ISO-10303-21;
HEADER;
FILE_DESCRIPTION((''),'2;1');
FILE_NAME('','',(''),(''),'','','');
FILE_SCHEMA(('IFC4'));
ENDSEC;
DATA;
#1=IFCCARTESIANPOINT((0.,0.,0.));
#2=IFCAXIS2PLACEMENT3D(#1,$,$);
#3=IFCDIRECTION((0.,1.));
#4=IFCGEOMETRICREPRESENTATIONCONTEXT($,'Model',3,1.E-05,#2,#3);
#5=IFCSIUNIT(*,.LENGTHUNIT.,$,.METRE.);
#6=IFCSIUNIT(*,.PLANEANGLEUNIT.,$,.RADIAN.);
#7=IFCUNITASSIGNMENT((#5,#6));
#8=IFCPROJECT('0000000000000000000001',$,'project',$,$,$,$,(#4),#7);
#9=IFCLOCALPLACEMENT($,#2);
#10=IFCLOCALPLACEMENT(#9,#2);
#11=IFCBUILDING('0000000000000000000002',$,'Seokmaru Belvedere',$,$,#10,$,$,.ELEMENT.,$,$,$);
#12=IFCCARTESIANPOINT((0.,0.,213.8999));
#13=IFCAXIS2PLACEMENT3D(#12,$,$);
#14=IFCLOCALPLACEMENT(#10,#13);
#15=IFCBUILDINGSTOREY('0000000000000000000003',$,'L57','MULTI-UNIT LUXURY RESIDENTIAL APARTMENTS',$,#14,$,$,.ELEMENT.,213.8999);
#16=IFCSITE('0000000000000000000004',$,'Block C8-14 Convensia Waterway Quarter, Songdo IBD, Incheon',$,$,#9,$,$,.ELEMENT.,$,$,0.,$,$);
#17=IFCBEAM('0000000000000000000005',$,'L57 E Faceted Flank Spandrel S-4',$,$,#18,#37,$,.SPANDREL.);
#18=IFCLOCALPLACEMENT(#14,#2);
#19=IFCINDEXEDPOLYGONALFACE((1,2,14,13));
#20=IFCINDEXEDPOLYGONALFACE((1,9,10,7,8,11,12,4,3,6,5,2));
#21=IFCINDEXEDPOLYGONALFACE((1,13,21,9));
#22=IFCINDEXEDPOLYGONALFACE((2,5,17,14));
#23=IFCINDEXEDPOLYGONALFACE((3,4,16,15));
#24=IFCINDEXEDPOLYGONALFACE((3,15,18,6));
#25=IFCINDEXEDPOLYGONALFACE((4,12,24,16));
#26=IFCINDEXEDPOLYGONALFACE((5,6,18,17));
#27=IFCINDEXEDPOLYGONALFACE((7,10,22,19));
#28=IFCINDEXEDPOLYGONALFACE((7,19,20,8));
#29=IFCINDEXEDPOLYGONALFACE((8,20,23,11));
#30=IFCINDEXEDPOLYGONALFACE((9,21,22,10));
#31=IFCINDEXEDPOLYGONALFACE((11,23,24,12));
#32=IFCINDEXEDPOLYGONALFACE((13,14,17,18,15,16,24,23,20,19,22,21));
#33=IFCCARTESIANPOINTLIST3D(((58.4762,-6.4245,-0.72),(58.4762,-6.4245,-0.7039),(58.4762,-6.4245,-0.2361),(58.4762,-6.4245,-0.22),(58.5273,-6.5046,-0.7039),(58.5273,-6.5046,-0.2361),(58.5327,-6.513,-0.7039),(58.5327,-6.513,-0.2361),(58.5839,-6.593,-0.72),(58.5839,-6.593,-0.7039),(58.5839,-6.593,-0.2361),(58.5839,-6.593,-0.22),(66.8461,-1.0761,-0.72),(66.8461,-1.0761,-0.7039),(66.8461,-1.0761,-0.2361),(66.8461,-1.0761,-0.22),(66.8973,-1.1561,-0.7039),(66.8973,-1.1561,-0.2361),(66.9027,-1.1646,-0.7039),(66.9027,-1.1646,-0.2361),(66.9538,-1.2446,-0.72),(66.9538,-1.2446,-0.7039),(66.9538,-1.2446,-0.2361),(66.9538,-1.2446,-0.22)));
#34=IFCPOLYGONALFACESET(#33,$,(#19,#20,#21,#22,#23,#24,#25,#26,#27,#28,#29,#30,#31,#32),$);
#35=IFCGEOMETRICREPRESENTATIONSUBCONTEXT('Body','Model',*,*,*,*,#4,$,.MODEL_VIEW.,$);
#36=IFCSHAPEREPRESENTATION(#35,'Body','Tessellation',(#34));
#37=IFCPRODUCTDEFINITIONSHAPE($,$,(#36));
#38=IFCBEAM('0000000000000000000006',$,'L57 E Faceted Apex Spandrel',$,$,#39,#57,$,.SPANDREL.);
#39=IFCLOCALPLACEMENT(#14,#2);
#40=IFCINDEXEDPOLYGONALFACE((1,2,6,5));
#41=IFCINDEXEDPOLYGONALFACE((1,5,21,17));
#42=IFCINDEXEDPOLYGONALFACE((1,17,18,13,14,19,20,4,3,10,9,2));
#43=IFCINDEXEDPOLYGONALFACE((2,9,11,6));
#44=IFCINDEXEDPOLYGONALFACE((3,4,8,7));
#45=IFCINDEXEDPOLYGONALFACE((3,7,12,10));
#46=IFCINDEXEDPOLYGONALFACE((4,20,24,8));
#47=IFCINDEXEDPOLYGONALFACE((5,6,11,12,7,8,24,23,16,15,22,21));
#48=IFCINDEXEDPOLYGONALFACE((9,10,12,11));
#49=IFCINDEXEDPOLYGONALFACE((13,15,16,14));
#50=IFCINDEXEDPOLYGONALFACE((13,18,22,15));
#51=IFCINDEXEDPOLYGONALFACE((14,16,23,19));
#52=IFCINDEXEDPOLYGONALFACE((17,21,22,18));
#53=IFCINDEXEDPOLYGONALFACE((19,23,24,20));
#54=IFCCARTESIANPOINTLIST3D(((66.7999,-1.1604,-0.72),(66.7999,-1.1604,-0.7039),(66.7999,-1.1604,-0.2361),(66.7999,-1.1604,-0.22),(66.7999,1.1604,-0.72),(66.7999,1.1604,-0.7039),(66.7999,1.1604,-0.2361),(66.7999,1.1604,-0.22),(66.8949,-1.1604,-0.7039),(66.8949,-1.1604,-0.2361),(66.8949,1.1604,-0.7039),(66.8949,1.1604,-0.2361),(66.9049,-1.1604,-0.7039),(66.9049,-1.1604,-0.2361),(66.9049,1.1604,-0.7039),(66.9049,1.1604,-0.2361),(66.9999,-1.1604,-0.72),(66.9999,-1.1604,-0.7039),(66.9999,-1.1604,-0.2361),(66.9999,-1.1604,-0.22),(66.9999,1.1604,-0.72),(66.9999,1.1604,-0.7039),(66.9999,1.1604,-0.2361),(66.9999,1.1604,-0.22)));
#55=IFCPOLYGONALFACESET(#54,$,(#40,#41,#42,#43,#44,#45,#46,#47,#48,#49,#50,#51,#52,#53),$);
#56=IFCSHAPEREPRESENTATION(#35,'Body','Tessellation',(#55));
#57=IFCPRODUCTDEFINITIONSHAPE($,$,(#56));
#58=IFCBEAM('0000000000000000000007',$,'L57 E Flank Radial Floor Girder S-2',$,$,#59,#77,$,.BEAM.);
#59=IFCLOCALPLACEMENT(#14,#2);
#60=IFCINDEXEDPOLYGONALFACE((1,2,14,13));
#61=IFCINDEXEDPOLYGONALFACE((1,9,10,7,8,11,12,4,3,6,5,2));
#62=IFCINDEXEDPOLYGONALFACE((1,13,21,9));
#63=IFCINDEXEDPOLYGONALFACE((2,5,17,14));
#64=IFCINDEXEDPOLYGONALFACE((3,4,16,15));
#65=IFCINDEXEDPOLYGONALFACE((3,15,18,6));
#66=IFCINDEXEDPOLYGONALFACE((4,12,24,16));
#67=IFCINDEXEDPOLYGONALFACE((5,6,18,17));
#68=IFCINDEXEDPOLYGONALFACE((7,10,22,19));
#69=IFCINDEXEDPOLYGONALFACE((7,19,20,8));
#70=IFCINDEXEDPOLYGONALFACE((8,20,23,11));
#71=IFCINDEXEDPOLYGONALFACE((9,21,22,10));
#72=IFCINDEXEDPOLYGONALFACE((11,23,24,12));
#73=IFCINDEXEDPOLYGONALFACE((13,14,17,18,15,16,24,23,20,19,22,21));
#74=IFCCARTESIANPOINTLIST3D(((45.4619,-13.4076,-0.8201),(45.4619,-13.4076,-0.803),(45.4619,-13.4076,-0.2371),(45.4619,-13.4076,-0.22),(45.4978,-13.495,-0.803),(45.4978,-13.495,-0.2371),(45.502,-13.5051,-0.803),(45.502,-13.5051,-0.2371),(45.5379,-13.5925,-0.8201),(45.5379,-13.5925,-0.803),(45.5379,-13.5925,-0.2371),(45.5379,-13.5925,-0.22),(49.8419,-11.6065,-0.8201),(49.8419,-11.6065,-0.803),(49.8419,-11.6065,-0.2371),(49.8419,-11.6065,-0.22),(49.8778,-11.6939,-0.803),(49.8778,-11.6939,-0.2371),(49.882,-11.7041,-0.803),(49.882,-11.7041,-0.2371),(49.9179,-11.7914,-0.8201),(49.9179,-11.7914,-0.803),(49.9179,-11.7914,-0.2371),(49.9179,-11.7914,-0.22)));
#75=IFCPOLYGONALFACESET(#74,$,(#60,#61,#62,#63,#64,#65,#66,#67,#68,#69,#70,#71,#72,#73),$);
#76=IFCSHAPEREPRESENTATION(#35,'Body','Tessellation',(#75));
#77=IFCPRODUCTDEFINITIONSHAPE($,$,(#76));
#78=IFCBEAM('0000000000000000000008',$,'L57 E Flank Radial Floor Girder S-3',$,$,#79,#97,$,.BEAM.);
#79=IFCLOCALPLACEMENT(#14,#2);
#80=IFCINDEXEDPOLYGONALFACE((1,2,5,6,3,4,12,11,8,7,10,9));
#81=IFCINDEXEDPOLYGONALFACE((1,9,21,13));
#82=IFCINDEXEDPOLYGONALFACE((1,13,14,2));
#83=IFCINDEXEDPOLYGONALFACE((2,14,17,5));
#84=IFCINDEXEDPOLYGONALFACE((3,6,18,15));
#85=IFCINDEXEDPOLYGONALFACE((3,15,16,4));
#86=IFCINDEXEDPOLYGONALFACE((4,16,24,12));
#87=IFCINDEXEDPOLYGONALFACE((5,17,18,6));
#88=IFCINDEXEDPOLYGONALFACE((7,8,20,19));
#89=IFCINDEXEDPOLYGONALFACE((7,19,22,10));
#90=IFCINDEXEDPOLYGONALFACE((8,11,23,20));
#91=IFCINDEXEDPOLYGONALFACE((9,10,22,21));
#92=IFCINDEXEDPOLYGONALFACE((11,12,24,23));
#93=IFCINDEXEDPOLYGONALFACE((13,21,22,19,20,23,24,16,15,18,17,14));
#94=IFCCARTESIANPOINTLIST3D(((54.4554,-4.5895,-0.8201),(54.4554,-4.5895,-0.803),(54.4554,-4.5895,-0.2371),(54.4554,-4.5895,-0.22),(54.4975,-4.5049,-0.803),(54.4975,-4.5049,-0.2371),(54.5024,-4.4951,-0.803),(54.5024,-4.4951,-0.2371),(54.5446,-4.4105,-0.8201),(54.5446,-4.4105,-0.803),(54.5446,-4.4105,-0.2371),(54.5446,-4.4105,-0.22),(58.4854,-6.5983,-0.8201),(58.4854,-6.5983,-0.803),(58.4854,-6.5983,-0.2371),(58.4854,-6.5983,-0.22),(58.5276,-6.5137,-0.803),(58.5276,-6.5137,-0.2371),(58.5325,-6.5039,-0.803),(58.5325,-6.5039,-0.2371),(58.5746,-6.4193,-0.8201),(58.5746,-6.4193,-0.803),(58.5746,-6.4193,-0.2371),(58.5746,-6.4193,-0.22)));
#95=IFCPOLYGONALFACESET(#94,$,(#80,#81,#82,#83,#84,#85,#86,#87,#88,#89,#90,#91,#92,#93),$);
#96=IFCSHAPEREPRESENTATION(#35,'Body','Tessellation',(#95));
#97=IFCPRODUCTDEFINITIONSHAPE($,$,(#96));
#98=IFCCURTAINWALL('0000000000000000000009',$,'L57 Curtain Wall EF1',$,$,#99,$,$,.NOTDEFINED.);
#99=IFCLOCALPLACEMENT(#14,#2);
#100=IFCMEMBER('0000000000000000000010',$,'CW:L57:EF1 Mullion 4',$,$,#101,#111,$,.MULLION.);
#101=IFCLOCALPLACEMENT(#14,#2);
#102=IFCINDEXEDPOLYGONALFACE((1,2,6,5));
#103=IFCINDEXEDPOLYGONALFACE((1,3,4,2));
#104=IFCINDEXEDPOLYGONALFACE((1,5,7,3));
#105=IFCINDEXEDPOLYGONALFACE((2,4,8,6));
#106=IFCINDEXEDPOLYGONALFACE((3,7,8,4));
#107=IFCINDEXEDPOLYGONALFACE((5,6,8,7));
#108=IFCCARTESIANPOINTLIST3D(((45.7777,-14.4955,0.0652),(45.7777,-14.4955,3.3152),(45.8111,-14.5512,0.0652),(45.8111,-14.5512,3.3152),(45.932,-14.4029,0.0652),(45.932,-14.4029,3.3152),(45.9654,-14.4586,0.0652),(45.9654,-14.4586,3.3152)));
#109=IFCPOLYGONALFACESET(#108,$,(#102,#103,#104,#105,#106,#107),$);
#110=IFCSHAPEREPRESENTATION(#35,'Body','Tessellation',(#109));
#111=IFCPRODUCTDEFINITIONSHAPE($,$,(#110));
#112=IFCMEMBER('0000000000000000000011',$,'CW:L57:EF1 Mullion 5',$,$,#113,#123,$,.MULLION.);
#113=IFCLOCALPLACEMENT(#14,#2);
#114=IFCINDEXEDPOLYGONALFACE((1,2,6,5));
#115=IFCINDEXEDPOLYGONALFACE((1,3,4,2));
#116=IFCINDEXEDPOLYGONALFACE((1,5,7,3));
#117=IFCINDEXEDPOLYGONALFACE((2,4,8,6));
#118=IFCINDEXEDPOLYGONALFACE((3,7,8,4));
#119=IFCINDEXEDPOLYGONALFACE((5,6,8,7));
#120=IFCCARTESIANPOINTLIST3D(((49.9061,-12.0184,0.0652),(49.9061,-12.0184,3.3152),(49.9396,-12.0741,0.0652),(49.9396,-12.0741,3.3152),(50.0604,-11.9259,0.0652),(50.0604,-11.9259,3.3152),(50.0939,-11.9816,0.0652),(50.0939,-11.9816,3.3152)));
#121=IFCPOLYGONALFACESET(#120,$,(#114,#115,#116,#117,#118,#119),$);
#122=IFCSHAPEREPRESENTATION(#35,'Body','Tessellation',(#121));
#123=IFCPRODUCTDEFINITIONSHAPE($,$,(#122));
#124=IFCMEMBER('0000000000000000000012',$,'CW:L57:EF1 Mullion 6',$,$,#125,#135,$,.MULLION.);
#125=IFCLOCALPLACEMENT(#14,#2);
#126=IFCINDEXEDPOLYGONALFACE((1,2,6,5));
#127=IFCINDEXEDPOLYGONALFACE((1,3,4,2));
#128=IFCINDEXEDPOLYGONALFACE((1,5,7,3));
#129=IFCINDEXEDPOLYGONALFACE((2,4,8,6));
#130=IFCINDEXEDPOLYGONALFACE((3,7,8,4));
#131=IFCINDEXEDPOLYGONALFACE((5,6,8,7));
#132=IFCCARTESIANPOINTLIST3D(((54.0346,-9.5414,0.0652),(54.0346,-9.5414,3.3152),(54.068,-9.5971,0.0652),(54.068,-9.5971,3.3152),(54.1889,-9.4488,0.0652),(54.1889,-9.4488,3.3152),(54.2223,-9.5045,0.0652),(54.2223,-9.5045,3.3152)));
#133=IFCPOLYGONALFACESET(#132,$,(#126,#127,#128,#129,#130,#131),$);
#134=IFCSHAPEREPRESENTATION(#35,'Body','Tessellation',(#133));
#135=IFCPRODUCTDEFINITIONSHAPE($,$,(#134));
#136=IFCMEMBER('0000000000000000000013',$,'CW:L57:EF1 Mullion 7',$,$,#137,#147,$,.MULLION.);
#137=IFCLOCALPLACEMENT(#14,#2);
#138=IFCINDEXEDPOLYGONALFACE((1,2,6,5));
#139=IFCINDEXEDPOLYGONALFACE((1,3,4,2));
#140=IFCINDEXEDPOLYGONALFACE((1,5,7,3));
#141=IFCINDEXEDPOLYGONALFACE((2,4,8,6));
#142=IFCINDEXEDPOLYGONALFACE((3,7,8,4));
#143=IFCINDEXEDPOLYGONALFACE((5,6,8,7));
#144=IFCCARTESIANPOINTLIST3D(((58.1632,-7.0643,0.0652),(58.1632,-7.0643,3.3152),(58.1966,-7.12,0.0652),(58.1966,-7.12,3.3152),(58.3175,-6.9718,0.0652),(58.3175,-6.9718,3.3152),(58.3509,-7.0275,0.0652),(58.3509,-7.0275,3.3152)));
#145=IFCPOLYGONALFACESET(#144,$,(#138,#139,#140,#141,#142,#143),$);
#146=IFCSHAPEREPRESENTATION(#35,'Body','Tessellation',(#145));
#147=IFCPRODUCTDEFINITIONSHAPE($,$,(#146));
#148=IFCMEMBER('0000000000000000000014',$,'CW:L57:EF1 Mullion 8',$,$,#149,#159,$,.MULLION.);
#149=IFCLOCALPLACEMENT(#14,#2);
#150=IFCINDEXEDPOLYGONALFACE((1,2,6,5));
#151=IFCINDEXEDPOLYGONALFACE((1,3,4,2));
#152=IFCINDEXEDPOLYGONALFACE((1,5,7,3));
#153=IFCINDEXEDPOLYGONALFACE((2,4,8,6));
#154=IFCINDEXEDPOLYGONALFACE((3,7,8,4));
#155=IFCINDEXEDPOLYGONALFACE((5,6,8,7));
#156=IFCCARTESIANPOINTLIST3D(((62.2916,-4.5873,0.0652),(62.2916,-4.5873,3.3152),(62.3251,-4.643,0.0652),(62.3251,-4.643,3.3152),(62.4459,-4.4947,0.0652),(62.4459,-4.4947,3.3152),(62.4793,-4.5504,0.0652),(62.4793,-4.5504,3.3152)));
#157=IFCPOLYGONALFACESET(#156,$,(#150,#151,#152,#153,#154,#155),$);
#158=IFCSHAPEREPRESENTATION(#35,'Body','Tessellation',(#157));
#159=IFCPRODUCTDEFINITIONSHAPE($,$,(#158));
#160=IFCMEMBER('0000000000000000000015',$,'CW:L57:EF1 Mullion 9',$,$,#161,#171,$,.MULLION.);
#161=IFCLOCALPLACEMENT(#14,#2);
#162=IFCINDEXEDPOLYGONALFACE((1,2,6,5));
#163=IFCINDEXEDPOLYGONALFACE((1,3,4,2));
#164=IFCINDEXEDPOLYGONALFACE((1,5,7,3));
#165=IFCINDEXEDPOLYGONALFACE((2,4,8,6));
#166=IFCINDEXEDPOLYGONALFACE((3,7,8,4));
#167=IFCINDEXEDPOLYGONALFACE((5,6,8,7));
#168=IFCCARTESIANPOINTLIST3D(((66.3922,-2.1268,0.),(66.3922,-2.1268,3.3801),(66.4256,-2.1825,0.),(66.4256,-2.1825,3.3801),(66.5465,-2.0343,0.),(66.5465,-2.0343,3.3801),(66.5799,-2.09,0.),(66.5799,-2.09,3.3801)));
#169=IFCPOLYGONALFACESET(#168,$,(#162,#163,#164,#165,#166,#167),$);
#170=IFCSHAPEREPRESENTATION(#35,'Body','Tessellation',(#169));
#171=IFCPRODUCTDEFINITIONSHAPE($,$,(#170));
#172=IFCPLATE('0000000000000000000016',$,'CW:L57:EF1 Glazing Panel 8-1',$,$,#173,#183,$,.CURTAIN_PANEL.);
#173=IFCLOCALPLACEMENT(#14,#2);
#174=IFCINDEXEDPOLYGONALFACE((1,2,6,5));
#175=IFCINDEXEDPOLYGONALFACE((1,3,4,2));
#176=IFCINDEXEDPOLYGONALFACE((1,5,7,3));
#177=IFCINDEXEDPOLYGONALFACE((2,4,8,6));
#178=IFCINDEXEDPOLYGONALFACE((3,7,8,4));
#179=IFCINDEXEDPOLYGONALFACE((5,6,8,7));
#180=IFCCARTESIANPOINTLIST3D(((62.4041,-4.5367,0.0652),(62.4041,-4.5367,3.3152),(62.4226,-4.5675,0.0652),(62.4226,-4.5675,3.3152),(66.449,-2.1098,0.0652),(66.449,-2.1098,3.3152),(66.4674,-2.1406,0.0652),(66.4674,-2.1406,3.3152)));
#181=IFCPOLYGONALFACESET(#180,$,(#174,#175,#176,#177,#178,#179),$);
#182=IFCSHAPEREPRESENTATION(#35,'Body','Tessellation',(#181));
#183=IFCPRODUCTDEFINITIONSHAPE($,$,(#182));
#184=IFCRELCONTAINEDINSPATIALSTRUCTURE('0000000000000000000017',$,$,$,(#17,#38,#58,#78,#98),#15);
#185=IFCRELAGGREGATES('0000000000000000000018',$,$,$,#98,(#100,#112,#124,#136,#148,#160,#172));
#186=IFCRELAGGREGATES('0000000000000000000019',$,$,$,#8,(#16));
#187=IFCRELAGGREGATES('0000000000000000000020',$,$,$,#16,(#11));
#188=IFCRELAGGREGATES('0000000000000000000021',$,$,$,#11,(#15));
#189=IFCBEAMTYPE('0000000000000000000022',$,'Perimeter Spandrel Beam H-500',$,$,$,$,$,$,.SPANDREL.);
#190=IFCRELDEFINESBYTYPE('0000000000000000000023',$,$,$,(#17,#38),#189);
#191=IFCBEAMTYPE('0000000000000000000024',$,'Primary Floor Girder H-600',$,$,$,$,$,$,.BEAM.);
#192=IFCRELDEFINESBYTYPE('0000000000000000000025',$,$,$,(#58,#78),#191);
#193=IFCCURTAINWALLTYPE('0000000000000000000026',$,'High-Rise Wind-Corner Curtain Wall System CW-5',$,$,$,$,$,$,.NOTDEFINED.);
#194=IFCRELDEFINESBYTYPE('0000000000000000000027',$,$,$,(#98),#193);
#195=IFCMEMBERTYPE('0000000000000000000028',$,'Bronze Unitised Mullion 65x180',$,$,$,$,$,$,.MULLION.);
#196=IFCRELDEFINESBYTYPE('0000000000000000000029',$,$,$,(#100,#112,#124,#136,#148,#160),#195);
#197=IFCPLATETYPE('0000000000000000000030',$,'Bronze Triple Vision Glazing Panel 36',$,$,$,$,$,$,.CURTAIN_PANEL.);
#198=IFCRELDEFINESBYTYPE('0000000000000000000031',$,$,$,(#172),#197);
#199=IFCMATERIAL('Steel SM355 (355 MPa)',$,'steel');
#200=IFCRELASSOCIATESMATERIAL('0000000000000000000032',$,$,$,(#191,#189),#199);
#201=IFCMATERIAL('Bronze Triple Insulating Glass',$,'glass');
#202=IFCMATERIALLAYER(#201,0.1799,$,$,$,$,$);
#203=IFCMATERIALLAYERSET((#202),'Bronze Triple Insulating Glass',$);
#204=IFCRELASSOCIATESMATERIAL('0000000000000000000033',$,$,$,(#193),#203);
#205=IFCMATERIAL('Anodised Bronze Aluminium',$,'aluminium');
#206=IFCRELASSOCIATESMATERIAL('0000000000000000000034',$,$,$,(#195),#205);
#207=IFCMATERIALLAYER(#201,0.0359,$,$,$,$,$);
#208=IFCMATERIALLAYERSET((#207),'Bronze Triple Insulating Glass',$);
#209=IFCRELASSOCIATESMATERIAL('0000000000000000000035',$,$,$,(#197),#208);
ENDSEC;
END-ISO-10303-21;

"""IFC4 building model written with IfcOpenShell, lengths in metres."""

from ifc_helpers import new_model, si_unit, direction, frame, origin, origin_2d, place, context, subcontext, project, spatial, rectangle, i_section, extrude, source, transform, mapped, material, layer, layer_set, material_profile, profile_set, type_object, type_shapes, element, aggregate, save


model = new_model("IFC4")

# Units and contexts
model_context = context("Model", 3, precision=1e-05, world=origin(), true_north=direction((0.0, 1.0)))
body_context = subcontext(model_context, "Body", "Model", "MODEL_VIEW")
ifc_project = project(units=[si_unit("LENGTHUNIT", "METRE"), si_unit("PLANEANGLEUNIT", "RADIAN")], contexts=[model_context])

# Site, building, storey
site_placement = place(None, origin())
site = spatial("IfcSite", under=ifc_project, at=site_placement, Name="Block C8-14 Convensia Waterway Quarter, Songdo IBD, Incheon", CompositionType="ELEMENT", RefElevation=0.0)
building_placement = place(site_placement, origin())
building = spatial("IfcBuilding", under=site, at=building_placement, Name="Seokmaru Belvedere", CompositionType="ELEMENT")
storey_placement = place(building_placement, frame((0.0, 0.0, 213.8999)))
storey = spatial("IfcBuildingStorey", under=building, at=storey_placement, Name="L57", Description="MULTI-UNIT LUXURY RESIDENTIAL APARTMENTS", CompositionType="ELEMENT", Elevation=213.8999)

# Shared definitions
ifc_material_1 = material(Name="Steel SM355 (355 MPa)", Category="steel")

# Beams
ifc_material_profile_1 = material_profile(ifc_material_1, i_section(OverallWidth=0.2, OverallDepth=0.6001, WebThickness=0.011, FlangeThickness=0.0171, at=origin_2d()), Name="H-600x200x11x17")
ifc_profile_set_1 = profile_set([ifc_material_profile_1], Name="Steel SM355 (355 MPa)")
beam_type_1 = type_object("IfcBeamType", Name="Primary Floor Girder H-600", PredefinedType="BEAM", material=ifc_profile_set_1)
ifc_material_profile_2 = material_profile(ifc_material_1, i_section(OverallWidth=0.2, OverallDepth=0.5, WebThickness=0.01, FlangeThickness=0.0161, at=origin_2d()), Name="H-500x200x10x16")
ifc_profile_set_2 = profile_set([ifc_material_profile_2], Name="Steel SM355 (355 MPa)")
beam_type_2 = type_object("IfcBeamType", Name="Perimeter Spandrel Beam H-500", PredefinedType="SPANDREL", material=ifc_profile_set_2)
shared_shape_1 = source(origin(), body_context, "Body", "SweptSolid", [
    extrude(i_section(OverallWidth=0.2, OverallDepth=0.5, WebThickness=0.01, FlangeThickness=0.0161, at=origin_2d()), origin(), (0.0, 0.0, 1.0), 9.9329),
])
beam_1_placement = place(storey_placement, frame((58.53, -6.5088, -0.47), z_axis=(0.842652, 0.538459, 0.0), x_axis=(-0.538459, 0.842652, 0.0)))
element("IfcBeam", 1, at=beam_1_placement, inside=storey, type_object=beam_type_2, Name="L57 E Faceted Flank Spandrel S-4", PredefinedType="SPANDREL", context=body_context, shape_type="MappedRepresentation", body=[
    mapped(shared_shape_1, transform((0.0, 0.0, 0.0), scale=1.0)),
])
shared_shape_2 = source(origin(), body_context, "Body", "SweptSolid", [
    extrude(i_section(OverallWidth=0.2, OverallDepth=0.5, WebThickness=0.01, FlangeThickness=0.0161, at=origin_2d()), origin(), (0.0, 0.0, 1.0), 2.3208),
])
beam_2_placement = place(storey_placement, frame((66.8999, -1.1604, -0.47), z_axis=(0.0, 1.0, 0.0), x_axis=(-1.0, 0.0, 0.0)))
element("IfcBeam", 2, at=beam_2_placement, inside=storey, type_object=beam_type_2, Name="L57 E Faceted Apex Spandrel", PredefinedType="SPANDREL", context=body_context, shape_type="MappedRepresentation", body=[
    mapped(shared_shape_2, transform((0.0, 0.0, 0.0), scale=1.0)),
])
shared_shape_3 = source(origin(), body_context, "Body", "SweptSolid", [
    extrude(i_section(OverallWidth=0.2, OverallDepth=0.6001, WebThickness=0.011, FlangeThickness=0.0171, at=origin_2d()), origin(), (0.0, 0.0, 1.0), 4.7358),
])
beam_3_placement = place(storey_placement, frame((49.8799, -11.699, -0.52), z_axis=(-0.924861, -0.380306, 0.0), x_axis=(0.380306, -0.924861, 0.0)))
element("IfcBeam", 3, at=beam_3_placement, inside=storey, type_object=beam_type_1, Name="L57 E Flank Radial Floor Girder S-2", PredefinedType="BEAM", context=body_context, shape_type="MappedRepresentation", body=[
    mapped(shared_shape_3, transform((0.0, 0.0, 0.0), scale=1.0)),
])
shared_shape_4 = source(origin(), body_context, "Body", "SweptSolid", [
    extrude(i_section(OverallWidth=0.2, OverallDepth=0.6001, WebThickness=0.011, FlangeThickness=0.0171, at=origin_2d()), origin(), (0.0, 0.0, 1.0), 4.5029),
])
beam_4_placement = place(storey_placement, frame((58.53, -6.5088, -0.52), z_axis=(-0.89498, 0.446107, 0.0), x_axis=(-0.446107, -0.89498, 0.0)))
element("IfcBeam", 4, at=beam_4_placement, inside=storey, type_object=beam_type_1, Name="L57 E Flank Radial Floor Girder S-3", PredefinedType="BEAM", context=body_context, shape_type="MappedRepresentation", body=[
    mapped(shared_shape_4, transform((0.0, 0.0, 0.0), scale=1.0)),
])

# Curtain wall, members, plate
ifc_material_2 = material(Name="Bronze Triple Insulating Glass", Category="glass")
ifc_layer_1 = layer(ifc_material_2, 0.1799)
ifc_layer_set_1 = layer_set([ifc_layer_1], Name="Bronze Triple Insulating Glass")
curtain_wall_type = type_object("IfcCurtainWallType", Name="High-Rise Wind-Corner Curtain Wall System CW-5", PredefinedType="NOTDEFINED", material=ifc_layer_set_1)
curtain_wall_placement = place(storey_placement, origin())
curtain_wall = element("IfcCurtainWall", 5, at=curtain_wall_placement, inside=storey, type_object=curtain_wall_type, Name="L57 Curtain Wall EF1", PredefinedType="NOTDEFINED")
ifc_material_3 = material(Name="Anodised Bronze Aluminium", Category="aluminium")
ifc_material_profile_3 = material_profile(ifc_material_3, rectangle(XDim=0.0649, YDim=0.1799, at=origin_2d()), Name="CW-M-65x180")
ifc_profile_set_3 = profile_set([ifc_material_profile_3], Name="Anodised Bronze Aluminium")
member_type = type_object("IfcMemberType", Name="Bronze Unitised Mullion 65x180", PredefinedType="MULLION", material=ifc_profile_set_3)
shared_shape_5 = source(origin(), body_context, "Body", "SweptSolid", [
    extrude(rectangle(XDim=0.0649, YDim=0.1799, at=origin_2d()), origin(), (0.0, 0.0, 1.0), 3.25),
])
member_1_placement = place(storey_placement, frame((45.8716, -14.4771, 0.0652), z_axis=(0.0, 0.0, 1.0), x_axis=(-0.514495, 0.857493, 0.0)))
member_1 = element("IfcMember", 6, at=member_1_placement, type_object=member_type, Name="CW:L57:EF1 Mullion 4", PredefinedType="MULLION", context=body_context, shape_type="MappedRepresentation", body=[
    mapped(shared_shape_5, transform((0.0, 0.0, 0.0), scale=1.0)),
])
member_2_placement = place(storey_placement, frame((50.0, -12.0, 0.0652), z_axis=(0.0, 0.0, 1.0), x_axis=(-0.514495, 0.857493, 0.0)))
member_2 = element("IfcMember", 7, at=member_2_placement, type_object=member_type, Name="CW:L57:EF1 Mullion 5", PredefinedType="MULLION", context=body_context, shape_type="MappedRepresentation", body=[
    mapped(shared_shape_5, transform((0.0, 0.0, 0.0), scale=1.0)),
])
member_3_placement = place(storey_placement, frame((54.1284, -9.5229, 0.0652), z_axis=(0.0, 0.0, 1.0), x_axis=(-0.514495, 0.857493, 0.0)))
member_3 = element("IfcMember", 8, at=member_3_placement, type_object=member_type, Name="CW:L57:EF1 Mullion 6", PredefinedType="MULLION", context=body_context, shape_type="MappedRepresentation", body=[
    mapped(shared_shape_5, transform((0.0, 0.0, 0.0), scale=1.0)),
])
member_4_placement = place(storey_placement, frame((58.2571, -7.0459, 0.0652), z_axis=(0.0, 0.0, 1.0), x_axis=(-0.514495, 0.857493, 0.0)))
member_4 = element("IfcMember", 9, at=member_4_placement, type_object=member_type, Name="CW:L57:EF1 Mullion 7", PredefinedType="MULLION", context=body_context, shape_type="MappedRepresentation", body=[
    mapped(shared_shape_5, transform((0.0, 0.0, 0.0), scale=1.0)),
])
member_5_placement = place(storey_placement, frame((62.3855, -4.5688, 0.0652), z_axis=(0.0, 0.0, 1.0), x_axis=(-0.514495, 0.857493, 0.0)))
member_5 = element("IfcMember", 10, at=member_5_placement, type_object=member_type, Name="CW:L57:EF1 Mullion 8", PredefinedType="MULLION", context=body_context, shape_type="MappedRepresentation", body=[
    mapped(shared_shape_5, transform((0.0, 0.0, 0.0), scale=1.0)),
])
shared_shape_6 = source(origin(), body_context, "Body", "SweptSolid", [
    extrude(rectangle(XDim=0.0649, YDim=0.1799, at=origin_2d()), origin(), (0.0, 0.0, 1.0), 3.3801),
])
type_shapes(member_type, [shared_shape_5, shared_shape_6])
member_6_placement = place(storey_placement, frame((66.4861, -2.1084, 0.0), z_axis=(0.0, 0.0, 1.0), x_axis=(-0.514495, 0.857493, 0.0)))
member_6 = element("IfcMember", 11, at=member_6_placement, type_object=member_type, Name="CW:L57:EF1 Mullion 9", PredefinedType="MULLION", context=body_context, shape_type="MappedRepresentation", body=[
    mapped(shared_shape_6, transform((0.0, 0.0, 0.0), scale=1.0)),
])
ifc_layer_2 = layer(ifc_material_2, 0.0359)
ifc_layer_set_2 = layer_set([ifc_layer_2], Name="Bronze Triple Insulating Glass")
plate_type = type_object("IfcPlateType", Name="Bronze Triple Vision Glazing Panel 36", PredefinedType="CURTAIN_PANEL", material=ifc_layer_set_2)
shared_shape_7 = source(origin(), body_context, "Body", "SweptSolid", [
    extrude(rectangle(XDim=4.717, YDim=0.0359, at=origin_2d()), origin(), (0.0, 0.0, 1.0), 3.25),
])
plate_1_placement = place(storey_placement, frame((64.4358, -3.3386, 0.0652), z_axis=(0.0, 0.0, 1.0), x_axis=(0.857493, 0.514495, 0.0)))
plate_1 = element("IfcPlate", 12, at=plate_1_placement, type_object=plate_type, Name="CW:L57:EF1 Glazing Panel 8-1", PredefinedType="CURTAIN_PANEL", context=body_context, shape_type="MappedRepresentation", body=[
    mapped(shared_shape_7, transform((0.0, 0.0, 0.0), scale=1.0)),
])
aggregate(curtain_wall, [member_1, member_2, member_3, member_4, member_5, member_6, plate_1])

save(model, "model.ifc")
